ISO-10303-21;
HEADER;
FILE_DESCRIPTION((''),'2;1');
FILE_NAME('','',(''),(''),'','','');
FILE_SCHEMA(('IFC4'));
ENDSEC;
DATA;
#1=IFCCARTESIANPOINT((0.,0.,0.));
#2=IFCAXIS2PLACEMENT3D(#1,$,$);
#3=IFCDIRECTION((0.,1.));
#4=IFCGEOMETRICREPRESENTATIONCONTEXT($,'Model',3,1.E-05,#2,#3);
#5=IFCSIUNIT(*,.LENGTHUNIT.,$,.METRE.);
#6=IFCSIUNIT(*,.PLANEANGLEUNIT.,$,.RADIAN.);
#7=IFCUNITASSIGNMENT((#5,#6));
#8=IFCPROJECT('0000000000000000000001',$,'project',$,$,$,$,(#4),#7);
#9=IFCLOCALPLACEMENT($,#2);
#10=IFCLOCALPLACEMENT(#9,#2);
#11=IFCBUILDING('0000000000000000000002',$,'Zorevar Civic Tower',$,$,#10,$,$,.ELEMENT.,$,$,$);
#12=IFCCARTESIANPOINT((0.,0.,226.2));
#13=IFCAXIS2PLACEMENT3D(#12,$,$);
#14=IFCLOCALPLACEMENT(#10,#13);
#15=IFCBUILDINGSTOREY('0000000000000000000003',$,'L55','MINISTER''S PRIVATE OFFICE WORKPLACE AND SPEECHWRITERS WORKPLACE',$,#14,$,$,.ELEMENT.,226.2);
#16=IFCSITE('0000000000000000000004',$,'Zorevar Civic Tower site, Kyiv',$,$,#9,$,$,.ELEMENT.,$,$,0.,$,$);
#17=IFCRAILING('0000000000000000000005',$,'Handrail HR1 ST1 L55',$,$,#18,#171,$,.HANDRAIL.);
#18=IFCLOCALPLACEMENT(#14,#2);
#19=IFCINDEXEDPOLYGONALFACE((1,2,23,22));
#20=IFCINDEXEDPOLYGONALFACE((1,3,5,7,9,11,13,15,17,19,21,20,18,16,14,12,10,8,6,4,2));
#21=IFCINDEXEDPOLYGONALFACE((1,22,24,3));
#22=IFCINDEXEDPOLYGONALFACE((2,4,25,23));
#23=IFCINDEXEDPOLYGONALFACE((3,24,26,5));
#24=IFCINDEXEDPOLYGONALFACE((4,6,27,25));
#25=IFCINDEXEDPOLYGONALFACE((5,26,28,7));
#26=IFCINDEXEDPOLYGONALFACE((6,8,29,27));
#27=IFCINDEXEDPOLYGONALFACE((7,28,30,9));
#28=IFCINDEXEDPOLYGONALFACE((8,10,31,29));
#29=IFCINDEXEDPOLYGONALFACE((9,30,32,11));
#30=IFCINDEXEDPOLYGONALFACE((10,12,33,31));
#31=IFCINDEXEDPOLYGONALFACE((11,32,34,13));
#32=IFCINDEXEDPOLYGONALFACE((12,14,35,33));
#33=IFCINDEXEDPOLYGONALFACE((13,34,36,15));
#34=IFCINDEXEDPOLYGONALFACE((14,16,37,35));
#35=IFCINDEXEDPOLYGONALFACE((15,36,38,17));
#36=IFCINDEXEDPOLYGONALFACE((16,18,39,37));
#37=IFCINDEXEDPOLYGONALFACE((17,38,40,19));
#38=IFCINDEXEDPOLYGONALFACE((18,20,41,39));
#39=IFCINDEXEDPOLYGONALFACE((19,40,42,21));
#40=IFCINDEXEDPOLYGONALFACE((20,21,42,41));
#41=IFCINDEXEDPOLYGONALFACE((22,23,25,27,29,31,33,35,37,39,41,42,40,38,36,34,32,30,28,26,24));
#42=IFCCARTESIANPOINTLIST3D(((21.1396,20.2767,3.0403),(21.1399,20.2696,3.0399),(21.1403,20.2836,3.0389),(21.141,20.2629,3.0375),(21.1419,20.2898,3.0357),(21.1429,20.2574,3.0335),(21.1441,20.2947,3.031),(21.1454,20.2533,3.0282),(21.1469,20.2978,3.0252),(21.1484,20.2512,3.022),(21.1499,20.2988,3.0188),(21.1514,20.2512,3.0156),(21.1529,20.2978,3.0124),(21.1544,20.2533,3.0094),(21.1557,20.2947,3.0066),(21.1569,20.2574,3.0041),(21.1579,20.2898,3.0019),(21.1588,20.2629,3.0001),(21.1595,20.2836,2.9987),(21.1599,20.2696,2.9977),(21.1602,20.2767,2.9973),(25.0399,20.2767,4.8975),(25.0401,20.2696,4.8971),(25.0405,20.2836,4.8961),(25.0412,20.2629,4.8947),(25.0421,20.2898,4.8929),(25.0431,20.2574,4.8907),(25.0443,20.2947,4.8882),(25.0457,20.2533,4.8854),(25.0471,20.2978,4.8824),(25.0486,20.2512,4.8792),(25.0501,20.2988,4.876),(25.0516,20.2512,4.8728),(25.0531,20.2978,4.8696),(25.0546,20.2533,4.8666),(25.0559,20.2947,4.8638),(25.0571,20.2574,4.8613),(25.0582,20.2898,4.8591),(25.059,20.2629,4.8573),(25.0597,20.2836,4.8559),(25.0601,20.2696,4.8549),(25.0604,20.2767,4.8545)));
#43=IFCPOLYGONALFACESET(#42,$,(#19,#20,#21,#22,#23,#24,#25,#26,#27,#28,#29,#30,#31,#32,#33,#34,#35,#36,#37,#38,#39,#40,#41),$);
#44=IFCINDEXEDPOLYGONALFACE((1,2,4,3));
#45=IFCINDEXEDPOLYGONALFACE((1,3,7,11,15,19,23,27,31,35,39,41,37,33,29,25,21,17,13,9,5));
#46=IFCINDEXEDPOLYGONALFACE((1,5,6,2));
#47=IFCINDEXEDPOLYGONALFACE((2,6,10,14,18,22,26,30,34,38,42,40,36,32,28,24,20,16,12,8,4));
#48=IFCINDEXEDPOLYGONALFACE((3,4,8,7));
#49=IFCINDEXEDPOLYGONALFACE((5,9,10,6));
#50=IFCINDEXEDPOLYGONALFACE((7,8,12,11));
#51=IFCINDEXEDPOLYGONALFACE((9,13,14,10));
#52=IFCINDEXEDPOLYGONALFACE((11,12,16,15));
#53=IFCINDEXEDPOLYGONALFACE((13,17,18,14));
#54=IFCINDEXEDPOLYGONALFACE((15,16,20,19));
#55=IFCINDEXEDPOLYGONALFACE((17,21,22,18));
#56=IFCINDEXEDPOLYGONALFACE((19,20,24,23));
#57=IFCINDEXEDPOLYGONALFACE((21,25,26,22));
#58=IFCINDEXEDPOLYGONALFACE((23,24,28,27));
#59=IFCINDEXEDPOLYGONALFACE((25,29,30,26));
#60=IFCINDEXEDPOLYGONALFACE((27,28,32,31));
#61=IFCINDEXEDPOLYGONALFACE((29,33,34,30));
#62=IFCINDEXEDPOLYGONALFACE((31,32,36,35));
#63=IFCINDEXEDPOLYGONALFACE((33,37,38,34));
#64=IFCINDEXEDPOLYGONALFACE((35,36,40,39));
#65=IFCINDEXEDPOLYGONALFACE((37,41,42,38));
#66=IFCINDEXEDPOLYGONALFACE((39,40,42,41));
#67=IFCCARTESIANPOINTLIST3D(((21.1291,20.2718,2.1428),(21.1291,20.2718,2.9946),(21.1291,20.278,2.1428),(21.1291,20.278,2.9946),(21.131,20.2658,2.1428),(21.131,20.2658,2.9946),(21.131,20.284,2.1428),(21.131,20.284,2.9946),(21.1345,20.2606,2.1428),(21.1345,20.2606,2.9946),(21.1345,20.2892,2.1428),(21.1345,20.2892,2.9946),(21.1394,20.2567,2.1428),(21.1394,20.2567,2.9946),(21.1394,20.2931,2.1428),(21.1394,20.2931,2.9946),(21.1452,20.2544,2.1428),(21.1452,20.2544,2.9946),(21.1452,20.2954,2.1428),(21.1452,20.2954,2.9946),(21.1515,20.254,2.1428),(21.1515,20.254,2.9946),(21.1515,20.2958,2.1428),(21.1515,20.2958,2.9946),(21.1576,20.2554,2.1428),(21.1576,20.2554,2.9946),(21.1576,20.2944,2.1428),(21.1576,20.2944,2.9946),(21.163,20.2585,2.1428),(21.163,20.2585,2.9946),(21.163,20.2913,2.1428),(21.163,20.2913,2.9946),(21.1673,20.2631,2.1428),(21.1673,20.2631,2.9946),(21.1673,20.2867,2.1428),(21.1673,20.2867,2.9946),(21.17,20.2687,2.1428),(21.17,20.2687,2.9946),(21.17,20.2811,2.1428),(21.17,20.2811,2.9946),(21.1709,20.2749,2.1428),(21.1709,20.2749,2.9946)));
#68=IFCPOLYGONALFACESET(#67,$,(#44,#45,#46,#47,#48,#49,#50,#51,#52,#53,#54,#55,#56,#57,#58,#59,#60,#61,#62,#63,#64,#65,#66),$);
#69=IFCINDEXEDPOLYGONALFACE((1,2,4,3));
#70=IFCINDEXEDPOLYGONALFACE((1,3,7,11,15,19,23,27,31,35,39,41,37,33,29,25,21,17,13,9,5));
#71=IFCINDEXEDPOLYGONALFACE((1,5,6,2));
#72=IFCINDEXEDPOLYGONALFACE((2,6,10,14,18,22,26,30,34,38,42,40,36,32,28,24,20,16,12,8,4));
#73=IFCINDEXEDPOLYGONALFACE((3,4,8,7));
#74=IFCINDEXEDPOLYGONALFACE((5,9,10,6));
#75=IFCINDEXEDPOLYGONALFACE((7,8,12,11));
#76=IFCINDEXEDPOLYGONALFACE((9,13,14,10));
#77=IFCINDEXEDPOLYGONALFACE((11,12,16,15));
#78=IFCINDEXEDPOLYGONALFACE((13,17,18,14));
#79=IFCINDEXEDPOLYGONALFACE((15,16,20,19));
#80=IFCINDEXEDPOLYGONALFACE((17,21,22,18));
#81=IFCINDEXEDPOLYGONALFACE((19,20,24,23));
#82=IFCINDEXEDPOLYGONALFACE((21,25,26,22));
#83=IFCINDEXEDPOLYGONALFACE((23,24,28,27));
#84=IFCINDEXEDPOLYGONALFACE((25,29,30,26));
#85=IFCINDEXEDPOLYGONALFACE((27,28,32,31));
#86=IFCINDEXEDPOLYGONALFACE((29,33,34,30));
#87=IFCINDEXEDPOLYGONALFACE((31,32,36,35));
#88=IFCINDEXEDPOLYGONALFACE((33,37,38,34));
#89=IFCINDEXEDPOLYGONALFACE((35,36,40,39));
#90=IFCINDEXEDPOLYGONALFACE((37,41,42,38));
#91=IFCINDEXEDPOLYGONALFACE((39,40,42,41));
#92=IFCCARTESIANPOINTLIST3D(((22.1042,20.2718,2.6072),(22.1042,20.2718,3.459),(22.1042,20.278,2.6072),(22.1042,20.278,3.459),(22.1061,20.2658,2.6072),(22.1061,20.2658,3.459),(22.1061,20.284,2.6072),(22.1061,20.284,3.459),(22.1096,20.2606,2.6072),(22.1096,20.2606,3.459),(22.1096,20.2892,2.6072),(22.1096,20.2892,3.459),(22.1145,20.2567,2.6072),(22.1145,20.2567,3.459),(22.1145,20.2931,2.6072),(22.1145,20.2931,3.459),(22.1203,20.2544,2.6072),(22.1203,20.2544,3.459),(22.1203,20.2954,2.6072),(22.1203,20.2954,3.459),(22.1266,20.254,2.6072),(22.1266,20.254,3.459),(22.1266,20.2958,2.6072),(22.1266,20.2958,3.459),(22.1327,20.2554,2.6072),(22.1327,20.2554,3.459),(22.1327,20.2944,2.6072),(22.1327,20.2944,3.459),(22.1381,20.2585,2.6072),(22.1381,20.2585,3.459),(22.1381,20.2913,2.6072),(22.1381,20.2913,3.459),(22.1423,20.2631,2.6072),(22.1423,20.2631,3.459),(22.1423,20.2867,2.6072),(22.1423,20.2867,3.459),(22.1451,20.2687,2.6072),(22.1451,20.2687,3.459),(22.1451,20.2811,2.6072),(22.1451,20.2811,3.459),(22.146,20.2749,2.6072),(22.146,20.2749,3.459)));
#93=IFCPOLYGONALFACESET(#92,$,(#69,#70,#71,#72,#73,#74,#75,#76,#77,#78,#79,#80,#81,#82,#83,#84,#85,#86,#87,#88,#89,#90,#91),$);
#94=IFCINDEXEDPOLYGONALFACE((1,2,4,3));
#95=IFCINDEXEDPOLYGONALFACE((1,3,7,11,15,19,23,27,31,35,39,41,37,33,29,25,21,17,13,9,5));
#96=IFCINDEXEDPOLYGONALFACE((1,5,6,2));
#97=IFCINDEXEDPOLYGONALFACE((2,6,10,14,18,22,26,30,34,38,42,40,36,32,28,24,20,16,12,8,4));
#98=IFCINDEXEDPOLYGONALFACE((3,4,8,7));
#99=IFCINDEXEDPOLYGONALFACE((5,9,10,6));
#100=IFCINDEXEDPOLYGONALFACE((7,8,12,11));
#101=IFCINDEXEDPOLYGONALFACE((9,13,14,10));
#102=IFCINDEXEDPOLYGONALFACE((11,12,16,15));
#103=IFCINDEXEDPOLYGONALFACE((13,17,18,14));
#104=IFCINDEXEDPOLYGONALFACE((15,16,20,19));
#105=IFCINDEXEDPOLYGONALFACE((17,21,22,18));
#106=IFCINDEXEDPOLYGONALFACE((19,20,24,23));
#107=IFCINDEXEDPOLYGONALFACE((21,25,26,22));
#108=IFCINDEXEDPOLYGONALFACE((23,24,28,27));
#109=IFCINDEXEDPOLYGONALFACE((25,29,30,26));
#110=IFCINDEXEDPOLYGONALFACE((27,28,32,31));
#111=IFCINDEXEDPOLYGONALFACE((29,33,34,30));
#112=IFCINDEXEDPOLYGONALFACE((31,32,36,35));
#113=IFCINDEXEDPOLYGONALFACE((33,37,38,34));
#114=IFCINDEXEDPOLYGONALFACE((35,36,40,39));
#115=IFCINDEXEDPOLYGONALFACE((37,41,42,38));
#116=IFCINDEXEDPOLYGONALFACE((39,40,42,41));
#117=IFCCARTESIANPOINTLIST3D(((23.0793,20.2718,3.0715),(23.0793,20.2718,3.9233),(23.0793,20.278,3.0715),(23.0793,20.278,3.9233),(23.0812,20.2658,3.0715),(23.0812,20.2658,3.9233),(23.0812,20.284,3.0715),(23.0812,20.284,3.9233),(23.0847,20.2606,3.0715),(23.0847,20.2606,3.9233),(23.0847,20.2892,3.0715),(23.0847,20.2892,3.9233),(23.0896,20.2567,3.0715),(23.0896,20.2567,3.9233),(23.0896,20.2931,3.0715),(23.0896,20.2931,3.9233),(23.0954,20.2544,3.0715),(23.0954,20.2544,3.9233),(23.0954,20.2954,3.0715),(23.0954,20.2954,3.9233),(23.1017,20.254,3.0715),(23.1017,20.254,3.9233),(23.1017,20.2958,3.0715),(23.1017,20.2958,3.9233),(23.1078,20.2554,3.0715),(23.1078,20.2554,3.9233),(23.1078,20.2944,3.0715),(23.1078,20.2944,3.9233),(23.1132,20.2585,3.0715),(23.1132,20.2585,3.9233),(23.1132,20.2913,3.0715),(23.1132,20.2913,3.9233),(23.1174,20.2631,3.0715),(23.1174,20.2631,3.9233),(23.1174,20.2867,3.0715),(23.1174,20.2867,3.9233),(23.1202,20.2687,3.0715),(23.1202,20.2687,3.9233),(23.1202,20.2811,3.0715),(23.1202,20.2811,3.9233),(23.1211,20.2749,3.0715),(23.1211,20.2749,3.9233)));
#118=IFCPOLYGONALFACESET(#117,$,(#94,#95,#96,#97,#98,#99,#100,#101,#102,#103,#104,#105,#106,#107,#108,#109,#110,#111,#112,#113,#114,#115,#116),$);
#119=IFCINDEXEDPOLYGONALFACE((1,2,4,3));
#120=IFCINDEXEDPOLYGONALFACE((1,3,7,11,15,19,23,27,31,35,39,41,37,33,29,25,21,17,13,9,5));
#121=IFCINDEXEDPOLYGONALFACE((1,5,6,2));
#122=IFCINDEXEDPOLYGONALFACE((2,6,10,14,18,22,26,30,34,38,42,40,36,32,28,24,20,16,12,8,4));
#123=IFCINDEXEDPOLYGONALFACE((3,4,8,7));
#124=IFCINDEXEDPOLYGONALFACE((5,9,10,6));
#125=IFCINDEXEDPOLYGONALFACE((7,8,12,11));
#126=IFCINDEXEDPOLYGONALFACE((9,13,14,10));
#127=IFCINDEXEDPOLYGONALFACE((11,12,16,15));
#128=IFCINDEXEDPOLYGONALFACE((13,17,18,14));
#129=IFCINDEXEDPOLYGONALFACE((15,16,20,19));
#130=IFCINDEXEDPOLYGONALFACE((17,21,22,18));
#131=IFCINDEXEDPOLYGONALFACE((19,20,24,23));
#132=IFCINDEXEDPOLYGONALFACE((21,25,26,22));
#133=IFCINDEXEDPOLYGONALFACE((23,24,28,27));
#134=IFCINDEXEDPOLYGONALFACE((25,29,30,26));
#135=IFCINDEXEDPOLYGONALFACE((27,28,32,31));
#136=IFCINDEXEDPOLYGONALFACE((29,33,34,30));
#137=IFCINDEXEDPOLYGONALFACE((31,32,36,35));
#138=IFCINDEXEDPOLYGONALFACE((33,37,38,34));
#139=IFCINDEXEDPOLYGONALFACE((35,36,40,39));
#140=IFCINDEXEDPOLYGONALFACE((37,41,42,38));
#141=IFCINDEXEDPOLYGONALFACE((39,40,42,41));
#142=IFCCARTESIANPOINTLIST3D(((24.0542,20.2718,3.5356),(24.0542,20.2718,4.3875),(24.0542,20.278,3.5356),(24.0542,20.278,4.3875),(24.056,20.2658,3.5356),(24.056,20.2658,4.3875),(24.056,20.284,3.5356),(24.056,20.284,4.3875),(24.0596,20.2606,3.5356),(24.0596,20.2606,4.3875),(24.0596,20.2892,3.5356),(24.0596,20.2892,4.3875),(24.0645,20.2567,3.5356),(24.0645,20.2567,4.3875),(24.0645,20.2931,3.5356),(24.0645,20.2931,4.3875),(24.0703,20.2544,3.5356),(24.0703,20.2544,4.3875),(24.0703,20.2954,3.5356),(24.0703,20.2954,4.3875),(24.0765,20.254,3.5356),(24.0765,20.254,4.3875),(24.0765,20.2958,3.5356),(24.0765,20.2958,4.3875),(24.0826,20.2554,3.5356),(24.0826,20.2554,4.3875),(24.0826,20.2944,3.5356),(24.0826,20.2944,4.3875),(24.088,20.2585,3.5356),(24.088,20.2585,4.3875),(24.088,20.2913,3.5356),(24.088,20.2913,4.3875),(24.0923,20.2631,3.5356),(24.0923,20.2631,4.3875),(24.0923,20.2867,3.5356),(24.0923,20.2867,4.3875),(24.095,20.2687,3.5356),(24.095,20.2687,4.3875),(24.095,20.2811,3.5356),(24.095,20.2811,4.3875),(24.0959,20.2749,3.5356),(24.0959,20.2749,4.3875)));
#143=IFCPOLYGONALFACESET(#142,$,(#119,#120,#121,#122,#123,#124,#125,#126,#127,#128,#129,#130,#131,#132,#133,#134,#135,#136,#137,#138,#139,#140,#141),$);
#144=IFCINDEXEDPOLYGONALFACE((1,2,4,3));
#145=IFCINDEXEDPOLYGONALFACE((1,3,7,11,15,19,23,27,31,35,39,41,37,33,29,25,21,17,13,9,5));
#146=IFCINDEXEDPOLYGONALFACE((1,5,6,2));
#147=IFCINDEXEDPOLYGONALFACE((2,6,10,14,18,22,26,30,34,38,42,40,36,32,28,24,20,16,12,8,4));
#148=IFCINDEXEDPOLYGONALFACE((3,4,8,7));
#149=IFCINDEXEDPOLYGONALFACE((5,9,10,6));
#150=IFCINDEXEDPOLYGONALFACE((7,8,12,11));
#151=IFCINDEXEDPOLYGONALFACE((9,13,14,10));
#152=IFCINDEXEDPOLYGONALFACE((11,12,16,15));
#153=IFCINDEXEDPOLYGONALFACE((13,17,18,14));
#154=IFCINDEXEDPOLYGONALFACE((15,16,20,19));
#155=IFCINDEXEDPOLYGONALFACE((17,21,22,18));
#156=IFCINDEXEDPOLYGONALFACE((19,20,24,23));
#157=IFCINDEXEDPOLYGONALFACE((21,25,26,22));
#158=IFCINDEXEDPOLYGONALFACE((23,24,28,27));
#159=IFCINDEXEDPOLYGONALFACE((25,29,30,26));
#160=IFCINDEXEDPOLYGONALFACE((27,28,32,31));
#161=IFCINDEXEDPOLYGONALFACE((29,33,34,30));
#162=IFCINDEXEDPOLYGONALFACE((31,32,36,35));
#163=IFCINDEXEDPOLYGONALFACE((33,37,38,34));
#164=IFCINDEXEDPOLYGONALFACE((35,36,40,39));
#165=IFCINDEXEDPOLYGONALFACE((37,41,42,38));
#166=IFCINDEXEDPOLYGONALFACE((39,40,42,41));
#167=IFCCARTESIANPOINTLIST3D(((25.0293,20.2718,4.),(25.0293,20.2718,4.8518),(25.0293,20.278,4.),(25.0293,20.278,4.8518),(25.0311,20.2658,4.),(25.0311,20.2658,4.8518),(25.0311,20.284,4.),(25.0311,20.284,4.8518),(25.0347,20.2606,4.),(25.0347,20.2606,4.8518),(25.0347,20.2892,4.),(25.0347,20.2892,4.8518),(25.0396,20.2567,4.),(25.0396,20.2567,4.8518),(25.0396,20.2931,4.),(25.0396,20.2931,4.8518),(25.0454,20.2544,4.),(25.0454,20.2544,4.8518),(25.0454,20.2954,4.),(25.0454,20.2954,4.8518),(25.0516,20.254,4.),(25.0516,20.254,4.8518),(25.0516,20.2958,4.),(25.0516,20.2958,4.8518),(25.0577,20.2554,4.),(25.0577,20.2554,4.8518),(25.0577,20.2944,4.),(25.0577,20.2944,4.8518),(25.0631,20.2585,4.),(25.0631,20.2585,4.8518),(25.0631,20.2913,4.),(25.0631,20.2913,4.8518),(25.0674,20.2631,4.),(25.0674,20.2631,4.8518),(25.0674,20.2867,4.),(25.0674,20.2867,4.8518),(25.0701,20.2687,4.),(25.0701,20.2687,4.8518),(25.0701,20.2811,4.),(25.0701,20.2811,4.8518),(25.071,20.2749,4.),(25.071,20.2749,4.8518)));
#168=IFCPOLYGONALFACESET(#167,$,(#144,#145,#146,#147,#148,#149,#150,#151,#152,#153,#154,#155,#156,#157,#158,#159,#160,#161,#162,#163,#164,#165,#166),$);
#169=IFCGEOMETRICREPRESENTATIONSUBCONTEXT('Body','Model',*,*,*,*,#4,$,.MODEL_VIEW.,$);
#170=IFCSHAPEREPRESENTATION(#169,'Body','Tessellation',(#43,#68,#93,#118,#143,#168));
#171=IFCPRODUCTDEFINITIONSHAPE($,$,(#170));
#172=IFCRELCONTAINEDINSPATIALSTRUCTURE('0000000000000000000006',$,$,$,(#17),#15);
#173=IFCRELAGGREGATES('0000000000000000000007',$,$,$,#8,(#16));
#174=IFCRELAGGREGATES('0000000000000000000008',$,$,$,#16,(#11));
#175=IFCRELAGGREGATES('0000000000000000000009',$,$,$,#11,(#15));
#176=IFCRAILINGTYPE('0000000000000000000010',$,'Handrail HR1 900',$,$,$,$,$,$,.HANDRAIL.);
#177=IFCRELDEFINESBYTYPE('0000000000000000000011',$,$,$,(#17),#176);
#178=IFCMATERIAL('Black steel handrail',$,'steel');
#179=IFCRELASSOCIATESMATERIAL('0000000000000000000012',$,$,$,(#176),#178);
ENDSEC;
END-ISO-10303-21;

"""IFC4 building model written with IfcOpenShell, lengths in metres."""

from ifc_helpers import new_model, si_unit, direction, frame, origin, origin_2d, place, context, subcontext, project, spatial, circle, extrude, material, type_object, element, save


model = new_model("IFC4")

# Units and contexts
model_context = context("Model", 3, precision=1e-05, world=origin(), true_north=direction((0.0, 1.0)))
body_context = subcontext(model_context, "Body", "Model", "MODEL_VIEW")
ifc_project = project(units=[si_unit("LENGTHUNIT", "METRE"), si_unit("PLANEANGLEUNIT", "RADIAN")], contexts=[model_context])

# Site, building, storey
site_placement = place(None, origin())
site = spatial("IfcSite", under=ifc_project, at=site_placement, Name="Zorevar Civic Tower site, Kyiv", CompositionType="ELEMENT", RefElevation=0.0)
building_placement = place(site_placement, origin())
building = spatial("IfcBuilding", under=site, at=building_placement, Name="Zorevar Civic Tower", CompositionType="ELEMENT")
storey_placement = place(building_placement, frame((0.0, 0.0, 226.2)))
storey = spatial("IfcBuildingStorey", under=building, at=storey_placement, Name="L55", Description="MINISTER'S PRIVATE OFFICE WORKPLACE AND SPEECHWRITERS WORKPLACE", CompositionType="ELEMENT", Elevation=226.2)

# Railing
ifc_material_1 = material(Name="Black steel handrail", Category="steel")
railing_type = type_object("IfcRailingType", Name="Handrail HR1 900", PredefinedType="HANDRAIL", material=ifc_material_1)
railing_1_placement = place(storey_placement, frame((21.1499, 20.2749, 2.1428)))
element("IfcRailing", 1, at=railing_1_placement, inside=storey, type_object=railing_type, Name="Handrail HR1 ST1 L55", PredefinedType="HANDRAIL", context=body_context, shape_type="SweptSolid", body=[
    extrude(circle(Radius=0.0239, at=origin_2d()), frame((0.0, 0.0, 0.876), z_axis=(0.902864, 0.0, 0.429927), x_axis=(0.0, 1.0, 0.0)), (0.0, 0.0, 1.0), 4.3198),
    extrude(circle(Radius=0.021, at=origin_2d()), origin(), (0.0, 0.0, 1.0), 0.8518),
    extrude(circle(Radius=0.021, at=origin_2d()), frame((0.9751, 0.0, 0.4644)), (0.0, 0.0, 1.0), 0.8518),
    extrude(circle(Radius=0.021, at=origin_2d()), frame((1.9502, 0.0, 0.9287)), (0.0, 0.0, 1.0), 0.8518),
    extrude(circle(Radius=0.021, at=origin_2d()), frame((2.925, 0.0, 1.3928)), (0.0, 0.0, 1.0), 0.8518),
    extrude(circle(Radius=0.021, at=origin_2d()), frame((3.9001, 0.0, 1.8572)), (0.0, 0.0, 1.0), 0.8518),
])

save(model, "model.ifc")
